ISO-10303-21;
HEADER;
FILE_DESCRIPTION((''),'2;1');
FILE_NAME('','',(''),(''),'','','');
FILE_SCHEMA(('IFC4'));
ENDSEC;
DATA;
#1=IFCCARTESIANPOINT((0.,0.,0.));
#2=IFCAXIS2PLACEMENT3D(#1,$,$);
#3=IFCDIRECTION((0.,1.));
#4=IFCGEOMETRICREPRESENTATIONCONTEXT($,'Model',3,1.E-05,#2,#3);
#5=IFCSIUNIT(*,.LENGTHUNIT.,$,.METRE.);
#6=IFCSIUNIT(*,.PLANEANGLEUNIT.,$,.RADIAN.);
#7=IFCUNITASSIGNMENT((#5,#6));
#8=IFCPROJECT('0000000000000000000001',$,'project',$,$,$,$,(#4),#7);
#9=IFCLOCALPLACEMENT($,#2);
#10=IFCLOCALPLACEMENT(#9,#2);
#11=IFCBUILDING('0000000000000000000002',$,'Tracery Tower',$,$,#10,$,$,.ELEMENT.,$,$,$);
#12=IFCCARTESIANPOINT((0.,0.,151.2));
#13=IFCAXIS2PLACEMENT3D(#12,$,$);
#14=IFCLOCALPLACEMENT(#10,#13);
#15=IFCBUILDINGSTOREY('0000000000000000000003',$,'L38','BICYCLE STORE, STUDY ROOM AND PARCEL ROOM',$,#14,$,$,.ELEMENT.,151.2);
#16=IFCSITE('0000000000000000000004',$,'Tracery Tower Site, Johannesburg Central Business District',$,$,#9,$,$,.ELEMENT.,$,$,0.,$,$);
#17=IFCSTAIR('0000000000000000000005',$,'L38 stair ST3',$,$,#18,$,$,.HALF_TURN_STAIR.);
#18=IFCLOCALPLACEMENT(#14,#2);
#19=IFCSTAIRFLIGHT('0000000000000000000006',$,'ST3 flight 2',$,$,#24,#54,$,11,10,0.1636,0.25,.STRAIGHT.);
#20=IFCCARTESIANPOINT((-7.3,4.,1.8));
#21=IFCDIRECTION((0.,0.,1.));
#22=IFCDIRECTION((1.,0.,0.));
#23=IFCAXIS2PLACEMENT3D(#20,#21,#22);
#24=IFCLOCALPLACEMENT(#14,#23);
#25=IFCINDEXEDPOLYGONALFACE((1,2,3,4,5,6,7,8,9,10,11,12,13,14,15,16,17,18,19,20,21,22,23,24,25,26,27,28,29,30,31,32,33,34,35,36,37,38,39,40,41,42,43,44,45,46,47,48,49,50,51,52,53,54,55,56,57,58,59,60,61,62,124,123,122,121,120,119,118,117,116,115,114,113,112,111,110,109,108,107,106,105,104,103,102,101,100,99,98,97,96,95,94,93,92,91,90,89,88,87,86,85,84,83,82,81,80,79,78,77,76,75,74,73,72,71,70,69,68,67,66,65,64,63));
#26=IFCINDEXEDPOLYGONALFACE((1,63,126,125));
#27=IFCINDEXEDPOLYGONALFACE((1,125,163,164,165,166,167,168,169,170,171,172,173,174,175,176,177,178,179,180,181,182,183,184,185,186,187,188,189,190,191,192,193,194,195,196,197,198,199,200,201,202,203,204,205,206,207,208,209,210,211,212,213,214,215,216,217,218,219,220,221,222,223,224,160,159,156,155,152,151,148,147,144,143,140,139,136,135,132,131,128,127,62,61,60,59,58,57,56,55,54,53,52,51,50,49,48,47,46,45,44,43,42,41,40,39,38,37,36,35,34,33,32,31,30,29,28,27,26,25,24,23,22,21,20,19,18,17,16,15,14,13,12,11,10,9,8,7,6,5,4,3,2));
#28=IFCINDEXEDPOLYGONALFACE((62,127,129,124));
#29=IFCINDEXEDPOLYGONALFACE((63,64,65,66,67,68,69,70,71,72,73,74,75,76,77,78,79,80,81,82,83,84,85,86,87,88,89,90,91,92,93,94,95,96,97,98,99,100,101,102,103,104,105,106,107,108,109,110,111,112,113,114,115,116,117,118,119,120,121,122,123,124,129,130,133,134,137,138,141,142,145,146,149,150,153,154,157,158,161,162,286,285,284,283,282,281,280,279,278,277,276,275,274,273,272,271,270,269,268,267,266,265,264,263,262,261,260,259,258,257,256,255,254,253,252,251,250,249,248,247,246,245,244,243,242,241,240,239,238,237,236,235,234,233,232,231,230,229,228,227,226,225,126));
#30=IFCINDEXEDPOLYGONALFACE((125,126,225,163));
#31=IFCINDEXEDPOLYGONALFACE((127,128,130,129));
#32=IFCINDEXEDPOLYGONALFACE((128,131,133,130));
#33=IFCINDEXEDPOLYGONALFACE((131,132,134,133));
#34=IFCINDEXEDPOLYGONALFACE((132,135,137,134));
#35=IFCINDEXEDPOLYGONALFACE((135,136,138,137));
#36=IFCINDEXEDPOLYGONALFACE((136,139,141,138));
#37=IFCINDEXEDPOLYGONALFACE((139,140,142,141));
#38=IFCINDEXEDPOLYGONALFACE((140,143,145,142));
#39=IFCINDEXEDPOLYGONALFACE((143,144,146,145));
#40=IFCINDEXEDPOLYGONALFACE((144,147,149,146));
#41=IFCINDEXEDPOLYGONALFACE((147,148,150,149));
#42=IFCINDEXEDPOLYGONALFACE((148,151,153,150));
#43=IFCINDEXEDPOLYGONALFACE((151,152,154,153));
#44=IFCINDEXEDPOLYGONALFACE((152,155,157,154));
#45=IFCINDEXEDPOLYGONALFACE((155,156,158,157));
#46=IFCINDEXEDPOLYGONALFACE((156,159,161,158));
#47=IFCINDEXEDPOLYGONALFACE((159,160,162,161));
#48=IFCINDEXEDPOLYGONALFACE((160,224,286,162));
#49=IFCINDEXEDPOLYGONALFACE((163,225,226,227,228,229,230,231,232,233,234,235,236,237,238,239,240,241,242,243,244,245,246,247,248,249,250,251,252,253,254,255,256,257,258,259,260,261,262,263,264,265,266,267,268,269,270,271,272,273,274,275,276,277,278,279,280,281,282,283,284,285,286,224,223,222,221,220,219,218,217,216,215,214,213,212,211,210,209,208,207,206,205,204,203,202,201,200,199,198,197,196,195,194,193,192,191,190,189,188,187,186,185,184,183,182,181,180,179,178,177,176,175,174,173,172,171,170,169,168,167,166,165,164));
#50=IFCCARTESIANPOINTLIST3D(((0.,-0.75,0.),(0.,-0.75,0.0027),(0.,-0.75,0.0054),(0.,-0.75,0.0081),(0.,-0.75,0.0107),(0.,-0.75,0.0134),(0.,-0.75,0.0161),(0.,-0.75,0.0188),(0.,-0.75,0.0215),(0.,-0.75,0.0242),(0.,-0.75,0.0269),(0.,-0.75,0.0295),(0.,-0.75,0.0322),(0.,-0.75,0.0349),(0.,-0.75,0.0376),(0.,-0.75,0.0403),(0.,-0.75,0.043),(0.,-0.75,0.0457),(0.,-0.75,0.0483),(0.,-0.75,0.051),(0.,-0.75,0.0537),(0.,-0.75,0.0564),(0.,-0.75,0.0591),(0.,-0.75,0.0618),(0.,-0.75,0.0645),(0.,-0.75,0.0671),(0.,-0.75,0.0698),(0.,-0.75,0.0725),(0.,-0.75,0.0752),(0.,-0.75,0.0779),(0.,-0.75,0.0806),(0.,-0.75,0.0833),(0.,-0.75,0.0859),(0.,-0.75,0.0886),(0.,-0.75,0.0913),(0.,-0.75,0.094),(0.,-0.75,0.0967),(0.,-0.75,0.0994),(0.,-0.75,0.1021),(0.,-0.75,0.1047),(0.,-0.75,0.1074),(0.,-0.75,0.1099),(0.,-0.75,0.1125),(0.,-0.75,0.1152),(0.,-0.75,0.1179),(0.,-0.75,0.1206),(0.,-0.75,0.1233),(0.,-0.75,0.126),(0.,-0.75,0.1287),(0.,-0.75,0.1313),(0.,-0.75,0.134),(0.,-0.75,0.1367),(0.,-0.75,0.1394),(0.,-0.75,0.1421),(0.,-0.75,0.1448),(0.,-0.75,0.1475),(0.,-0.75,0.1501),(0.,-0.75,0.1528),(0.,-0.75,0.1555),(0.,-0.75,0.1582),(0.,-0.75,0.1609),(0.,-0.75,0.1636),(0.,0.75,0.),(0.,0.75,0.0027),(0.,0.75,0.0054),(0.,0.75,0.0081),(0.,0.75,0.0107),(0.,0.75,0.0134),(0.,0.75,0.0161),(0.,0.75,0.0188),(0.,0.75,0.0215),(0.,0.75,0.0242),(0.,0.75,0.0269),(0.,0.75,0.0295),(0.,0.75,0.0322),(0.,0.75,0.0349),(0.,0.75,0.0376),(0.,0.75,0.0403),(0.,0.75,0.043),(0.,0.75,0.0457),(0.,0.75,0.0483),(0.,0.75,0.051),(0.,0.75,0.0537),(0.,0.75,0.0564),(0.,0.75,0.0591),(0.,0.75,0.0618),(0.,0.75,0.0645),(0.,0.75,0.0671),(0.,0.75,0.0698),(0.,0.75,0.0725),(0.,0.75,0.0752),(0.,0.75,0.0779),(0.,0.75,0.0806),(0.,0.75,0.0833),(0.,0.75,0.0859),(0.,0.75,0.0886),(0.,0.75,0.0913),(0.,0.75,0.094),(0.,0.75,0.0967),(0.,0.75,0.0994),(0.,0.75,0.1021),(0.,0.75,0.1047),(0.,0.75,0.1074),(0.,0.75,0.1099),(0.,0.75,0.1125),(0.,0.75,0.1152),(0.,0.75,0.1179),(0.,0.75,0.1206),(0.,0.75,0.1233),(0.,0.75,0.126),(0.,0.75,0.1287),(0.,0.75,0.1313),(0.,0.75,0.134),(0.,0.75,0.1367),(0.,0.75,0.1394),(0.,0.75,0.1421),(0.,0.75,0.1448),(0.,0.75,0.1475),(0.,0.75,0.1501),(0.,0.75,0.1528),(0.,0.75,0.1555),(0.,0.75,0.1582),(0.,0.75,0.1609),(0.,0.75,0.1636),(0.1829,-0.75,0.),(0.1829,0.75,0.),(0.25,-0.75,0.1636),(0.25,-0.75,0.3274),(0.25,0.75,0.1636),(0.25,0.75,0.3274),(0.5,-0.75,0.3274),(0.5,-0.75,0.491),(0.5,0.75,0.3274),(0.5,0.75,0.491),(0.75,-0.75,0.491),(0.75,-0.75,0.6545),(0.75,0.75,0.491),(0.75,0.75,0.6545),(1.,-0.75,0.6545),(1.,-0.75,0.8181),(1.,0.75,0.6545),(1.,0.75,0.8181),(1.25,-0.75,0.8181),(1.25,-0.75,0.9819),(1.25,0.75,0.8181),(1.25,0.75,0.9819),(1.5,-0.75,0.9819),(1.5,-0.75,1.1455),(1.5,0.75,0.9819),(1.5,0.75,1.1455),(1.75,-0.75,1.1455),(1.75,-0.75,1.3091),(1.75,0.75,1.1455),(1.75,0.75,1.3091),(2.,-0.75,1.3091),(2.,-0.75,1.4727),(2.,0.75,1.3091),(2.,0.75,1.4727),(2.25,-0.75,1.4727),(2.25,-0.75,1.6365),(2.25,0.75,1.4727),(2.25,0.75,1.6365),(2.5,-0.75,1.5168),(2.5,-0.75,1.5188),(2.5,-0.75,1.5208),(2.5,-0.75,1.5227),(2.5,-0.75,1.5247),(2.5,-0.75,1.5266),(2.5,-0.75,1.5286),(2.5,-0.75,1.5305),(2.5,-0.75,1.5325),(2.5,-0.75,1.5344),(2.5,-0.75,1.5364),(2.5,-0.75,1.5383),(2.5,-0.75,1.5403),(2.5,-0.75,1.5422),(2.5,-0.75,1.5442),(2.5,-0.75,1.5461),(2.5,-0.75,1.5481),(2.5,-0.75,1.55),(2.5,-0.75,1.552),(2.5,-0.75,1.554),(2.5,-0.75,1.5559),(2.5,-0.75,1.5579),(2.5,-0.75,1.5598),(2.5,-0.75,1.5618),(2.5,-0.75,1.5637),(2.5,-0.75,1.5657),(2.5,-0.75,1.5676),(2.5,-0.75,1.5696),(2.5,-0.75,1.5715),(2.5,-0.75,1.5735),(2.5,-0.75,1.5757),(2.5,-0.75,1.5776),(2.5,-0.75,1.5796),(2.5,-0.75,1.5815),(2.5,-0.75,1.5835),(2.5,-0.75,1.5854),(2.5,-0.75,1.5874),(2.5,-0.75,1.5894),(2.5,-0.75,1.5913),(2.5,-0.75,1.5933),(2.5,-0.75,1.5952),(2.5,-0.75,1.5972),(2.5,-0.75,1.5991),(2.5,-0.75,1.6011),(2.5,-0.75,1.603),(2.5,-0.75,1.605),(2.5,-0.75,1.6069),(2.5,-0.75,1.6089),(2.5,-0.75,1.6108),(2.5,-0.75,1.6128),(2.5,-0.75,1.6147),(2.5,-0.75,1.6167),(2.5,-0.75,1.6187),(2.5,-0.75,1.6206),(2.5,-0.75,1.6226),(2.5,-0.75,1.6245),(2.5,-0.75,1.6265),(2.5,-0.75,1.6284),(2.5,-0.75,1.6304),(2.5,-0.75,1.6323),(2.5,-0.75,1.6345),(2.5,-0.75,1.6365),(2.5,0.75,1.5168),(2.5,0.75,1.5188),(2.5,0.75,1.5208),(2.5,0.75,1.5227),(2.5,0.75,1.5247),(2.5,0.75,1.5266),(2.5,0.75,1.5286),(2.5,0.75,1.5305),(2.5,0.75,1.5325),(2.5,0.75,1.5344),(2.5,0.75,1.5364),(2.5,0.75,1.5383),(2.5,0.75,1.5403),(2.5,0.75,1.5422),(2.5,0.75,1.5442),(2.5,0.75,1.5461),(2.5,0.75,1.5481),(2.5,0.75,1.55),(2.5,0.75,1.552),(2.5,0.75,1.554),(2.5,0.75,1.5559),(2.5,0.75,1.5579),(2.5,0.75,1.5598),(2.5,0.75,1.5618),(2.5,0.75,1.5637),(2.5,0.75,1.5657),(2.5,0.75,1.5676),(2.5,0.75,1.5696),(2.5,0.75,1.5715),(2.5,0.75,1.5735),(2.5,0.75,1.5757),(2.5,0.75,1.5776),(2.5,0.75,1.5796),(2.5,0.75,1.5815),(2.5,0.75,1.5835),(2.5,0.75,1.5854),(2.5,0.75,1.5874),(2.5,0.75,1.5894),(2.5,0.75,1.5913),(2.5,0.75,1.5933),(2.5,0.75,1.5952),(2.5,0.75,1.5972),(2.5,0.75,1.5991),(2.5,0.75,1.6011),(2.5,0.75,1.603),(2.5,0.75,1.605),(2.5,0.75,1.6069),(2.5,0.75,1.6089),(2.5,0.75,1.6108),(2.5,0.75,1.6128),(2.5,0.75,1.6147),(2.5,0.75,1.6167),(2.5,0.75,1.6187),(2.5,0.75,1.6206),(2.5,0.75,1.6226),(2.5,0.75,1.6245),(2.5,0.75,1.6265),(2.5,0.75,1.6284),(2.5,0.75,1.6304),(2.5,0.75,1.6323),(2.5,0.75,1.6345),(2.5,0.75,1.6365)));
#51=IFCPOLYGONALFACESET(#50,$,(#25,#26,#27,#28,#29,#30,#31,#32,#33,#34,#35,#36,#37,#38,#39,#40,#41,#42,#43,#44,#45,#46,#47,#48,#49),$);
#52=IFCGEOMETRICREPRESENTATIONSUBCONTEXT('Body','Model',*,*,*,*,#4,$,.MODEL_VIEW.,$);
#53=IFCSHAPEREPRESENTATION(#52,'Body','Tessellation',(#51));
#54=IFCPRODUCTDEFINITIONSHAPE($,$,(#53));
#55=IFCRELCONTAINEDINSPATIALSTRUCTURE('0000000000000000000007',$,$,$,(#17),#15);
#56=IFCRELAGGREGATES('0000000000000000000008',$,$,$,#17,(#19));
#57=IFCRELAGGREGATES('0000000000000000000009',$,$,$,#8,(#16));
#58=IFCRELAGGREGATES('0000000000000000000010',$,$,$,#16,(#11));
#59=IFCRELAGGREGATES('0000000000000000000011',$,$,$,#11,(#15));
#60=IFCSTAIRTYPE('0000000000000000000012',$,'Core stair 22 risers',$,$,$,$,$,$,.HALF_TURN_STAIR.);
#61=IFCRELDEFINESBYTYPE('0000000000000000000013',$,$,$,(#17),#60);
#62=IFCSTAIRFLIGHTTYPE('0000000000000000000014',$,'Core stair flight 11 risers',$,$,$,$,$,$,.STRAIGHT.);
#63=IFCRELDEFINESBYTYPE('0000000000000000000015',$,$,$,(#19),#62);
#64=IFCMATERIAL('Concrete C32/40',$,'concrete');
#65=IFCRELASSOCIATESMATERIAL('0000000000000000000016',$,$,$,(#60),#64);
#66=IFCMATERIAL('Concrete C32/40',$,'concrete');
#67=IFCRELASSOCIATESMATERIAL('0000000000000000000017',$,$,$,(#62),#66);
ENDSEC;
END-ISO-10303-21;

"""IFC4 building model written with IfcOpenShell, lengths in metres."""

from ifc_helpers import new_model, si_unit, direction, frame, origin, place, context, subcontext, project, spatial, polyline, outline, extrude, material, type_object, element, aggregate, save


model = new_model("IFC4")

# Units and contexts
model_context = context("Model", 3, precision=1e-05, world=origin(), true_north=direction((0.0, 1.0)))
body_context = subcontext(model_context, "Body", "Model", "MODEL_VIEW")
ifc_project = project(units=[si_unit("LENGTHUNIT", "METRE"), si_unit("PLANEANGLEUNIT", "RADIAN")], contexts=[model_context])

# Site, building, storey
site_placement = place(None, origin())
site = spatial("IfcSite", under=ifc_project, at=site_placement, Name="Tracery Tower Site, Johannesburg Central Business District", CompositionType="ELEMENT", RefElevation=0.0)
building_placement = place(site_placement, origin())
building = spatial("IfcBuilding", under=site, at=building_placement, Name="Tracery Tower", CompositionType="ELEMENT")
storey_placement = place(building_placement, frame((0.0, 0.0, 151.2)))
storey = spatial("IfcBuildingStorey", under=building, at=storey_placement, Name="L38", Description="BICYCLE STORE, STUDY ROOM AND PARCEL ROOM", CompositionType="ELEMENT", Elevation=151.2)

# Stair, stair flight
ifc_material_1 = material(Name="Concrete C32/40", Category="concrete")
stair_type = type_object("IfcStairType", Name="Core stair 22 risers", PredefinedType="HALF_TURN_STAIR", material=ifc_material_1)
stair_placement = place(storey_placement, origin())
stair = element("IfcStair", 1, at=stair_placement, inside=storey, type_object=stair_type, Name="L38 stair ST3", PredefinedType="HALF_TURN_STAIR")
ifc_material_2 = material(Name="Concrete C32/40", Category="concrete")
stair_flight_type = type_object("IfcStairFlightType", Name="Core stair flight 11 risers", PredefinedType="STRAIGHT", material=ifc_material_2)
stair_flight_1_placement = place(storey_placement, frame((-7.3, 4.0, 1.8), z_axis=(0.0, 0.0, 1.0), x_axis=(1.0, 0.0, 0.0)))
stair_flight_1 = element("IfcStairFlight", 2, at=stair_flight_1_placement, type_object=stair_flight_type, Name="ST3 flight 2", NumberOfRisers=11, NumberOfTreads=10, PredefinedType="STRAIGHT", RiserHeight=0.1636, TreadLength=0.25, context=body_context, shape_type="SweptSolid", body=[
    extrude(outline(polyline([(0.0, 0.0), (0.0, 0.0027), (0.0, 0.0054), (0.0, 0.0081), (0.0, 0.0107), (0.0, 0.0134), (0.0, 0.0161), (0.0, 0.0188), (0.0, 0.0215), (0.0, 0.0242), (0.0, 0.0269), (0.0, 0.0295), (0.0, 0.0322), (0.0, 0.0349), (0.0, 0.0376), (0.0, 0.0403), (0.0, 0.043), (0.0, 0.0457), (0.0, 0.0483), (0.0, 0.051), (0.0, 0.0537), (0.0, 0.0564), (0.0, 0.0591), (0.0, 0.0618), (0.0, 0.0645), (0.0, 0.0671), (0.0, 0.0698), (0.0, 0.0725), (0.0, 0.0752), (0.0, 0.0779), (0.0, 0.0806), (0.0, 0.0833), (0.0, 0.0859), (0.0, 0.0886), (0.0, 0.0913), (0.0, 0.094), (0.0, 0.0967), (0.0, 0.0994), (0.0, 0.1021), (0.0, 0.1047), (0.0, 0.1074), (0.0, 0.1099), (0.0, 0.1125), (0.0, 0.1152), (0.0, 0.1179), (0.0, 0.1206), (0.0, 0.1233), (0.0, 0.126), (0.0, 0.1287), (0.0, 0.1313), (0.0, 0.134), (0.0, 0.1367), (0.0, 0.1394), (0.0, 0.1421), (0.0, 0.1448), (0.0, 0.1475), (0.0, 0.1501), (0.0, 0.1528), (0.0, 0.1555), (0.0, 0.1582), (0.0, 0.1609), (0.0, 0.1636), (0.25, 0.1636), (0.25, 0.3274), (0.5, 0.3274), (0.5, 0.491), (0.75, 0.491), (0.75, 0.6545), (1.0, 0.6545), (1.0, 0.8181), (1.25, 0.8181), (1.25, 0.9819), (1.5, 0.9819), (1.5, 1.1455), (1.75, 1.1455), (1.75, 1.3091), (2.0, 1.3091), (2.0, 1.4727), (2.25, 1.4727), (2.25, 1.6365), (2.5, 1.6365), (2.5, 1.6345), (2.5, 1.6323), (2.5, 1.6304), (2.5, 1.6284), (2.5, 1.6265), (2.5, 1.6245), (2.5, 1.6226), (2.5, 1.6206), (2.5, 1.6187), (2.5, 1.6167), (2.5, 1.6147), (2.5, 1.6128), (2.5, 1.6108), (2.5, 1.6089), (2.5, 1.6069), (2.5, 1.605), (2.5, 1.603), (2.5, 1.6011), (2.5, 1.5991), (2.5, 1.5972), (2.5, 1.5952), (2.5, 1.5933), (2.5, 1.5913), (2.5, 1.5894), (2.5, 1.5874), (2.5, 1.5854), (2.5, 1.5835), (2.5, 1.5815), (2.5, 1.5796), (2.5, 1.5776), (2.5, 1.5757), (2.5, 1.5735), (2.5, 1.5715), (2.5, 1.5696), (2.5, 1.5676), (2.5, 1.5657), (2.5, 1.5637), (2.5, 1.5618), (2.5, 1.5598), (2.5, 1.5579), (2.5, 1.5559), (2.5, 1.554), (2.5, 1.552), (2.5, 1.55), (2.5, 1.5481), (2.5, 1.5461), (2.5, 1.5442), (2.5, 1.5422), (2.5, 1.5403), (2.5, 1.5383), (2.5, 1.5364), (2.5, 1.5344), (2.5, 1.5325), (2.5, 1.5305), (2.5, 1.5286), (2.5, 1.5266), (2.5, 1.5247), (2.5, 1.5227), (2.5, 1.5208), (2.5, 1.5188), (2.5, 1.5168), (0.1829, 0.0), (0.0, 0.0)])), frame((0.0, 0.75, 0.0), z_axis=(0.0, -1.0, 0.0), x_axis=(1.0, 0.0, 0.0)), (0.0, 0.0, 1.0), 1.5),
])
aggregate(stair, [stair_flight_1])

save(model, "model.ifc")
